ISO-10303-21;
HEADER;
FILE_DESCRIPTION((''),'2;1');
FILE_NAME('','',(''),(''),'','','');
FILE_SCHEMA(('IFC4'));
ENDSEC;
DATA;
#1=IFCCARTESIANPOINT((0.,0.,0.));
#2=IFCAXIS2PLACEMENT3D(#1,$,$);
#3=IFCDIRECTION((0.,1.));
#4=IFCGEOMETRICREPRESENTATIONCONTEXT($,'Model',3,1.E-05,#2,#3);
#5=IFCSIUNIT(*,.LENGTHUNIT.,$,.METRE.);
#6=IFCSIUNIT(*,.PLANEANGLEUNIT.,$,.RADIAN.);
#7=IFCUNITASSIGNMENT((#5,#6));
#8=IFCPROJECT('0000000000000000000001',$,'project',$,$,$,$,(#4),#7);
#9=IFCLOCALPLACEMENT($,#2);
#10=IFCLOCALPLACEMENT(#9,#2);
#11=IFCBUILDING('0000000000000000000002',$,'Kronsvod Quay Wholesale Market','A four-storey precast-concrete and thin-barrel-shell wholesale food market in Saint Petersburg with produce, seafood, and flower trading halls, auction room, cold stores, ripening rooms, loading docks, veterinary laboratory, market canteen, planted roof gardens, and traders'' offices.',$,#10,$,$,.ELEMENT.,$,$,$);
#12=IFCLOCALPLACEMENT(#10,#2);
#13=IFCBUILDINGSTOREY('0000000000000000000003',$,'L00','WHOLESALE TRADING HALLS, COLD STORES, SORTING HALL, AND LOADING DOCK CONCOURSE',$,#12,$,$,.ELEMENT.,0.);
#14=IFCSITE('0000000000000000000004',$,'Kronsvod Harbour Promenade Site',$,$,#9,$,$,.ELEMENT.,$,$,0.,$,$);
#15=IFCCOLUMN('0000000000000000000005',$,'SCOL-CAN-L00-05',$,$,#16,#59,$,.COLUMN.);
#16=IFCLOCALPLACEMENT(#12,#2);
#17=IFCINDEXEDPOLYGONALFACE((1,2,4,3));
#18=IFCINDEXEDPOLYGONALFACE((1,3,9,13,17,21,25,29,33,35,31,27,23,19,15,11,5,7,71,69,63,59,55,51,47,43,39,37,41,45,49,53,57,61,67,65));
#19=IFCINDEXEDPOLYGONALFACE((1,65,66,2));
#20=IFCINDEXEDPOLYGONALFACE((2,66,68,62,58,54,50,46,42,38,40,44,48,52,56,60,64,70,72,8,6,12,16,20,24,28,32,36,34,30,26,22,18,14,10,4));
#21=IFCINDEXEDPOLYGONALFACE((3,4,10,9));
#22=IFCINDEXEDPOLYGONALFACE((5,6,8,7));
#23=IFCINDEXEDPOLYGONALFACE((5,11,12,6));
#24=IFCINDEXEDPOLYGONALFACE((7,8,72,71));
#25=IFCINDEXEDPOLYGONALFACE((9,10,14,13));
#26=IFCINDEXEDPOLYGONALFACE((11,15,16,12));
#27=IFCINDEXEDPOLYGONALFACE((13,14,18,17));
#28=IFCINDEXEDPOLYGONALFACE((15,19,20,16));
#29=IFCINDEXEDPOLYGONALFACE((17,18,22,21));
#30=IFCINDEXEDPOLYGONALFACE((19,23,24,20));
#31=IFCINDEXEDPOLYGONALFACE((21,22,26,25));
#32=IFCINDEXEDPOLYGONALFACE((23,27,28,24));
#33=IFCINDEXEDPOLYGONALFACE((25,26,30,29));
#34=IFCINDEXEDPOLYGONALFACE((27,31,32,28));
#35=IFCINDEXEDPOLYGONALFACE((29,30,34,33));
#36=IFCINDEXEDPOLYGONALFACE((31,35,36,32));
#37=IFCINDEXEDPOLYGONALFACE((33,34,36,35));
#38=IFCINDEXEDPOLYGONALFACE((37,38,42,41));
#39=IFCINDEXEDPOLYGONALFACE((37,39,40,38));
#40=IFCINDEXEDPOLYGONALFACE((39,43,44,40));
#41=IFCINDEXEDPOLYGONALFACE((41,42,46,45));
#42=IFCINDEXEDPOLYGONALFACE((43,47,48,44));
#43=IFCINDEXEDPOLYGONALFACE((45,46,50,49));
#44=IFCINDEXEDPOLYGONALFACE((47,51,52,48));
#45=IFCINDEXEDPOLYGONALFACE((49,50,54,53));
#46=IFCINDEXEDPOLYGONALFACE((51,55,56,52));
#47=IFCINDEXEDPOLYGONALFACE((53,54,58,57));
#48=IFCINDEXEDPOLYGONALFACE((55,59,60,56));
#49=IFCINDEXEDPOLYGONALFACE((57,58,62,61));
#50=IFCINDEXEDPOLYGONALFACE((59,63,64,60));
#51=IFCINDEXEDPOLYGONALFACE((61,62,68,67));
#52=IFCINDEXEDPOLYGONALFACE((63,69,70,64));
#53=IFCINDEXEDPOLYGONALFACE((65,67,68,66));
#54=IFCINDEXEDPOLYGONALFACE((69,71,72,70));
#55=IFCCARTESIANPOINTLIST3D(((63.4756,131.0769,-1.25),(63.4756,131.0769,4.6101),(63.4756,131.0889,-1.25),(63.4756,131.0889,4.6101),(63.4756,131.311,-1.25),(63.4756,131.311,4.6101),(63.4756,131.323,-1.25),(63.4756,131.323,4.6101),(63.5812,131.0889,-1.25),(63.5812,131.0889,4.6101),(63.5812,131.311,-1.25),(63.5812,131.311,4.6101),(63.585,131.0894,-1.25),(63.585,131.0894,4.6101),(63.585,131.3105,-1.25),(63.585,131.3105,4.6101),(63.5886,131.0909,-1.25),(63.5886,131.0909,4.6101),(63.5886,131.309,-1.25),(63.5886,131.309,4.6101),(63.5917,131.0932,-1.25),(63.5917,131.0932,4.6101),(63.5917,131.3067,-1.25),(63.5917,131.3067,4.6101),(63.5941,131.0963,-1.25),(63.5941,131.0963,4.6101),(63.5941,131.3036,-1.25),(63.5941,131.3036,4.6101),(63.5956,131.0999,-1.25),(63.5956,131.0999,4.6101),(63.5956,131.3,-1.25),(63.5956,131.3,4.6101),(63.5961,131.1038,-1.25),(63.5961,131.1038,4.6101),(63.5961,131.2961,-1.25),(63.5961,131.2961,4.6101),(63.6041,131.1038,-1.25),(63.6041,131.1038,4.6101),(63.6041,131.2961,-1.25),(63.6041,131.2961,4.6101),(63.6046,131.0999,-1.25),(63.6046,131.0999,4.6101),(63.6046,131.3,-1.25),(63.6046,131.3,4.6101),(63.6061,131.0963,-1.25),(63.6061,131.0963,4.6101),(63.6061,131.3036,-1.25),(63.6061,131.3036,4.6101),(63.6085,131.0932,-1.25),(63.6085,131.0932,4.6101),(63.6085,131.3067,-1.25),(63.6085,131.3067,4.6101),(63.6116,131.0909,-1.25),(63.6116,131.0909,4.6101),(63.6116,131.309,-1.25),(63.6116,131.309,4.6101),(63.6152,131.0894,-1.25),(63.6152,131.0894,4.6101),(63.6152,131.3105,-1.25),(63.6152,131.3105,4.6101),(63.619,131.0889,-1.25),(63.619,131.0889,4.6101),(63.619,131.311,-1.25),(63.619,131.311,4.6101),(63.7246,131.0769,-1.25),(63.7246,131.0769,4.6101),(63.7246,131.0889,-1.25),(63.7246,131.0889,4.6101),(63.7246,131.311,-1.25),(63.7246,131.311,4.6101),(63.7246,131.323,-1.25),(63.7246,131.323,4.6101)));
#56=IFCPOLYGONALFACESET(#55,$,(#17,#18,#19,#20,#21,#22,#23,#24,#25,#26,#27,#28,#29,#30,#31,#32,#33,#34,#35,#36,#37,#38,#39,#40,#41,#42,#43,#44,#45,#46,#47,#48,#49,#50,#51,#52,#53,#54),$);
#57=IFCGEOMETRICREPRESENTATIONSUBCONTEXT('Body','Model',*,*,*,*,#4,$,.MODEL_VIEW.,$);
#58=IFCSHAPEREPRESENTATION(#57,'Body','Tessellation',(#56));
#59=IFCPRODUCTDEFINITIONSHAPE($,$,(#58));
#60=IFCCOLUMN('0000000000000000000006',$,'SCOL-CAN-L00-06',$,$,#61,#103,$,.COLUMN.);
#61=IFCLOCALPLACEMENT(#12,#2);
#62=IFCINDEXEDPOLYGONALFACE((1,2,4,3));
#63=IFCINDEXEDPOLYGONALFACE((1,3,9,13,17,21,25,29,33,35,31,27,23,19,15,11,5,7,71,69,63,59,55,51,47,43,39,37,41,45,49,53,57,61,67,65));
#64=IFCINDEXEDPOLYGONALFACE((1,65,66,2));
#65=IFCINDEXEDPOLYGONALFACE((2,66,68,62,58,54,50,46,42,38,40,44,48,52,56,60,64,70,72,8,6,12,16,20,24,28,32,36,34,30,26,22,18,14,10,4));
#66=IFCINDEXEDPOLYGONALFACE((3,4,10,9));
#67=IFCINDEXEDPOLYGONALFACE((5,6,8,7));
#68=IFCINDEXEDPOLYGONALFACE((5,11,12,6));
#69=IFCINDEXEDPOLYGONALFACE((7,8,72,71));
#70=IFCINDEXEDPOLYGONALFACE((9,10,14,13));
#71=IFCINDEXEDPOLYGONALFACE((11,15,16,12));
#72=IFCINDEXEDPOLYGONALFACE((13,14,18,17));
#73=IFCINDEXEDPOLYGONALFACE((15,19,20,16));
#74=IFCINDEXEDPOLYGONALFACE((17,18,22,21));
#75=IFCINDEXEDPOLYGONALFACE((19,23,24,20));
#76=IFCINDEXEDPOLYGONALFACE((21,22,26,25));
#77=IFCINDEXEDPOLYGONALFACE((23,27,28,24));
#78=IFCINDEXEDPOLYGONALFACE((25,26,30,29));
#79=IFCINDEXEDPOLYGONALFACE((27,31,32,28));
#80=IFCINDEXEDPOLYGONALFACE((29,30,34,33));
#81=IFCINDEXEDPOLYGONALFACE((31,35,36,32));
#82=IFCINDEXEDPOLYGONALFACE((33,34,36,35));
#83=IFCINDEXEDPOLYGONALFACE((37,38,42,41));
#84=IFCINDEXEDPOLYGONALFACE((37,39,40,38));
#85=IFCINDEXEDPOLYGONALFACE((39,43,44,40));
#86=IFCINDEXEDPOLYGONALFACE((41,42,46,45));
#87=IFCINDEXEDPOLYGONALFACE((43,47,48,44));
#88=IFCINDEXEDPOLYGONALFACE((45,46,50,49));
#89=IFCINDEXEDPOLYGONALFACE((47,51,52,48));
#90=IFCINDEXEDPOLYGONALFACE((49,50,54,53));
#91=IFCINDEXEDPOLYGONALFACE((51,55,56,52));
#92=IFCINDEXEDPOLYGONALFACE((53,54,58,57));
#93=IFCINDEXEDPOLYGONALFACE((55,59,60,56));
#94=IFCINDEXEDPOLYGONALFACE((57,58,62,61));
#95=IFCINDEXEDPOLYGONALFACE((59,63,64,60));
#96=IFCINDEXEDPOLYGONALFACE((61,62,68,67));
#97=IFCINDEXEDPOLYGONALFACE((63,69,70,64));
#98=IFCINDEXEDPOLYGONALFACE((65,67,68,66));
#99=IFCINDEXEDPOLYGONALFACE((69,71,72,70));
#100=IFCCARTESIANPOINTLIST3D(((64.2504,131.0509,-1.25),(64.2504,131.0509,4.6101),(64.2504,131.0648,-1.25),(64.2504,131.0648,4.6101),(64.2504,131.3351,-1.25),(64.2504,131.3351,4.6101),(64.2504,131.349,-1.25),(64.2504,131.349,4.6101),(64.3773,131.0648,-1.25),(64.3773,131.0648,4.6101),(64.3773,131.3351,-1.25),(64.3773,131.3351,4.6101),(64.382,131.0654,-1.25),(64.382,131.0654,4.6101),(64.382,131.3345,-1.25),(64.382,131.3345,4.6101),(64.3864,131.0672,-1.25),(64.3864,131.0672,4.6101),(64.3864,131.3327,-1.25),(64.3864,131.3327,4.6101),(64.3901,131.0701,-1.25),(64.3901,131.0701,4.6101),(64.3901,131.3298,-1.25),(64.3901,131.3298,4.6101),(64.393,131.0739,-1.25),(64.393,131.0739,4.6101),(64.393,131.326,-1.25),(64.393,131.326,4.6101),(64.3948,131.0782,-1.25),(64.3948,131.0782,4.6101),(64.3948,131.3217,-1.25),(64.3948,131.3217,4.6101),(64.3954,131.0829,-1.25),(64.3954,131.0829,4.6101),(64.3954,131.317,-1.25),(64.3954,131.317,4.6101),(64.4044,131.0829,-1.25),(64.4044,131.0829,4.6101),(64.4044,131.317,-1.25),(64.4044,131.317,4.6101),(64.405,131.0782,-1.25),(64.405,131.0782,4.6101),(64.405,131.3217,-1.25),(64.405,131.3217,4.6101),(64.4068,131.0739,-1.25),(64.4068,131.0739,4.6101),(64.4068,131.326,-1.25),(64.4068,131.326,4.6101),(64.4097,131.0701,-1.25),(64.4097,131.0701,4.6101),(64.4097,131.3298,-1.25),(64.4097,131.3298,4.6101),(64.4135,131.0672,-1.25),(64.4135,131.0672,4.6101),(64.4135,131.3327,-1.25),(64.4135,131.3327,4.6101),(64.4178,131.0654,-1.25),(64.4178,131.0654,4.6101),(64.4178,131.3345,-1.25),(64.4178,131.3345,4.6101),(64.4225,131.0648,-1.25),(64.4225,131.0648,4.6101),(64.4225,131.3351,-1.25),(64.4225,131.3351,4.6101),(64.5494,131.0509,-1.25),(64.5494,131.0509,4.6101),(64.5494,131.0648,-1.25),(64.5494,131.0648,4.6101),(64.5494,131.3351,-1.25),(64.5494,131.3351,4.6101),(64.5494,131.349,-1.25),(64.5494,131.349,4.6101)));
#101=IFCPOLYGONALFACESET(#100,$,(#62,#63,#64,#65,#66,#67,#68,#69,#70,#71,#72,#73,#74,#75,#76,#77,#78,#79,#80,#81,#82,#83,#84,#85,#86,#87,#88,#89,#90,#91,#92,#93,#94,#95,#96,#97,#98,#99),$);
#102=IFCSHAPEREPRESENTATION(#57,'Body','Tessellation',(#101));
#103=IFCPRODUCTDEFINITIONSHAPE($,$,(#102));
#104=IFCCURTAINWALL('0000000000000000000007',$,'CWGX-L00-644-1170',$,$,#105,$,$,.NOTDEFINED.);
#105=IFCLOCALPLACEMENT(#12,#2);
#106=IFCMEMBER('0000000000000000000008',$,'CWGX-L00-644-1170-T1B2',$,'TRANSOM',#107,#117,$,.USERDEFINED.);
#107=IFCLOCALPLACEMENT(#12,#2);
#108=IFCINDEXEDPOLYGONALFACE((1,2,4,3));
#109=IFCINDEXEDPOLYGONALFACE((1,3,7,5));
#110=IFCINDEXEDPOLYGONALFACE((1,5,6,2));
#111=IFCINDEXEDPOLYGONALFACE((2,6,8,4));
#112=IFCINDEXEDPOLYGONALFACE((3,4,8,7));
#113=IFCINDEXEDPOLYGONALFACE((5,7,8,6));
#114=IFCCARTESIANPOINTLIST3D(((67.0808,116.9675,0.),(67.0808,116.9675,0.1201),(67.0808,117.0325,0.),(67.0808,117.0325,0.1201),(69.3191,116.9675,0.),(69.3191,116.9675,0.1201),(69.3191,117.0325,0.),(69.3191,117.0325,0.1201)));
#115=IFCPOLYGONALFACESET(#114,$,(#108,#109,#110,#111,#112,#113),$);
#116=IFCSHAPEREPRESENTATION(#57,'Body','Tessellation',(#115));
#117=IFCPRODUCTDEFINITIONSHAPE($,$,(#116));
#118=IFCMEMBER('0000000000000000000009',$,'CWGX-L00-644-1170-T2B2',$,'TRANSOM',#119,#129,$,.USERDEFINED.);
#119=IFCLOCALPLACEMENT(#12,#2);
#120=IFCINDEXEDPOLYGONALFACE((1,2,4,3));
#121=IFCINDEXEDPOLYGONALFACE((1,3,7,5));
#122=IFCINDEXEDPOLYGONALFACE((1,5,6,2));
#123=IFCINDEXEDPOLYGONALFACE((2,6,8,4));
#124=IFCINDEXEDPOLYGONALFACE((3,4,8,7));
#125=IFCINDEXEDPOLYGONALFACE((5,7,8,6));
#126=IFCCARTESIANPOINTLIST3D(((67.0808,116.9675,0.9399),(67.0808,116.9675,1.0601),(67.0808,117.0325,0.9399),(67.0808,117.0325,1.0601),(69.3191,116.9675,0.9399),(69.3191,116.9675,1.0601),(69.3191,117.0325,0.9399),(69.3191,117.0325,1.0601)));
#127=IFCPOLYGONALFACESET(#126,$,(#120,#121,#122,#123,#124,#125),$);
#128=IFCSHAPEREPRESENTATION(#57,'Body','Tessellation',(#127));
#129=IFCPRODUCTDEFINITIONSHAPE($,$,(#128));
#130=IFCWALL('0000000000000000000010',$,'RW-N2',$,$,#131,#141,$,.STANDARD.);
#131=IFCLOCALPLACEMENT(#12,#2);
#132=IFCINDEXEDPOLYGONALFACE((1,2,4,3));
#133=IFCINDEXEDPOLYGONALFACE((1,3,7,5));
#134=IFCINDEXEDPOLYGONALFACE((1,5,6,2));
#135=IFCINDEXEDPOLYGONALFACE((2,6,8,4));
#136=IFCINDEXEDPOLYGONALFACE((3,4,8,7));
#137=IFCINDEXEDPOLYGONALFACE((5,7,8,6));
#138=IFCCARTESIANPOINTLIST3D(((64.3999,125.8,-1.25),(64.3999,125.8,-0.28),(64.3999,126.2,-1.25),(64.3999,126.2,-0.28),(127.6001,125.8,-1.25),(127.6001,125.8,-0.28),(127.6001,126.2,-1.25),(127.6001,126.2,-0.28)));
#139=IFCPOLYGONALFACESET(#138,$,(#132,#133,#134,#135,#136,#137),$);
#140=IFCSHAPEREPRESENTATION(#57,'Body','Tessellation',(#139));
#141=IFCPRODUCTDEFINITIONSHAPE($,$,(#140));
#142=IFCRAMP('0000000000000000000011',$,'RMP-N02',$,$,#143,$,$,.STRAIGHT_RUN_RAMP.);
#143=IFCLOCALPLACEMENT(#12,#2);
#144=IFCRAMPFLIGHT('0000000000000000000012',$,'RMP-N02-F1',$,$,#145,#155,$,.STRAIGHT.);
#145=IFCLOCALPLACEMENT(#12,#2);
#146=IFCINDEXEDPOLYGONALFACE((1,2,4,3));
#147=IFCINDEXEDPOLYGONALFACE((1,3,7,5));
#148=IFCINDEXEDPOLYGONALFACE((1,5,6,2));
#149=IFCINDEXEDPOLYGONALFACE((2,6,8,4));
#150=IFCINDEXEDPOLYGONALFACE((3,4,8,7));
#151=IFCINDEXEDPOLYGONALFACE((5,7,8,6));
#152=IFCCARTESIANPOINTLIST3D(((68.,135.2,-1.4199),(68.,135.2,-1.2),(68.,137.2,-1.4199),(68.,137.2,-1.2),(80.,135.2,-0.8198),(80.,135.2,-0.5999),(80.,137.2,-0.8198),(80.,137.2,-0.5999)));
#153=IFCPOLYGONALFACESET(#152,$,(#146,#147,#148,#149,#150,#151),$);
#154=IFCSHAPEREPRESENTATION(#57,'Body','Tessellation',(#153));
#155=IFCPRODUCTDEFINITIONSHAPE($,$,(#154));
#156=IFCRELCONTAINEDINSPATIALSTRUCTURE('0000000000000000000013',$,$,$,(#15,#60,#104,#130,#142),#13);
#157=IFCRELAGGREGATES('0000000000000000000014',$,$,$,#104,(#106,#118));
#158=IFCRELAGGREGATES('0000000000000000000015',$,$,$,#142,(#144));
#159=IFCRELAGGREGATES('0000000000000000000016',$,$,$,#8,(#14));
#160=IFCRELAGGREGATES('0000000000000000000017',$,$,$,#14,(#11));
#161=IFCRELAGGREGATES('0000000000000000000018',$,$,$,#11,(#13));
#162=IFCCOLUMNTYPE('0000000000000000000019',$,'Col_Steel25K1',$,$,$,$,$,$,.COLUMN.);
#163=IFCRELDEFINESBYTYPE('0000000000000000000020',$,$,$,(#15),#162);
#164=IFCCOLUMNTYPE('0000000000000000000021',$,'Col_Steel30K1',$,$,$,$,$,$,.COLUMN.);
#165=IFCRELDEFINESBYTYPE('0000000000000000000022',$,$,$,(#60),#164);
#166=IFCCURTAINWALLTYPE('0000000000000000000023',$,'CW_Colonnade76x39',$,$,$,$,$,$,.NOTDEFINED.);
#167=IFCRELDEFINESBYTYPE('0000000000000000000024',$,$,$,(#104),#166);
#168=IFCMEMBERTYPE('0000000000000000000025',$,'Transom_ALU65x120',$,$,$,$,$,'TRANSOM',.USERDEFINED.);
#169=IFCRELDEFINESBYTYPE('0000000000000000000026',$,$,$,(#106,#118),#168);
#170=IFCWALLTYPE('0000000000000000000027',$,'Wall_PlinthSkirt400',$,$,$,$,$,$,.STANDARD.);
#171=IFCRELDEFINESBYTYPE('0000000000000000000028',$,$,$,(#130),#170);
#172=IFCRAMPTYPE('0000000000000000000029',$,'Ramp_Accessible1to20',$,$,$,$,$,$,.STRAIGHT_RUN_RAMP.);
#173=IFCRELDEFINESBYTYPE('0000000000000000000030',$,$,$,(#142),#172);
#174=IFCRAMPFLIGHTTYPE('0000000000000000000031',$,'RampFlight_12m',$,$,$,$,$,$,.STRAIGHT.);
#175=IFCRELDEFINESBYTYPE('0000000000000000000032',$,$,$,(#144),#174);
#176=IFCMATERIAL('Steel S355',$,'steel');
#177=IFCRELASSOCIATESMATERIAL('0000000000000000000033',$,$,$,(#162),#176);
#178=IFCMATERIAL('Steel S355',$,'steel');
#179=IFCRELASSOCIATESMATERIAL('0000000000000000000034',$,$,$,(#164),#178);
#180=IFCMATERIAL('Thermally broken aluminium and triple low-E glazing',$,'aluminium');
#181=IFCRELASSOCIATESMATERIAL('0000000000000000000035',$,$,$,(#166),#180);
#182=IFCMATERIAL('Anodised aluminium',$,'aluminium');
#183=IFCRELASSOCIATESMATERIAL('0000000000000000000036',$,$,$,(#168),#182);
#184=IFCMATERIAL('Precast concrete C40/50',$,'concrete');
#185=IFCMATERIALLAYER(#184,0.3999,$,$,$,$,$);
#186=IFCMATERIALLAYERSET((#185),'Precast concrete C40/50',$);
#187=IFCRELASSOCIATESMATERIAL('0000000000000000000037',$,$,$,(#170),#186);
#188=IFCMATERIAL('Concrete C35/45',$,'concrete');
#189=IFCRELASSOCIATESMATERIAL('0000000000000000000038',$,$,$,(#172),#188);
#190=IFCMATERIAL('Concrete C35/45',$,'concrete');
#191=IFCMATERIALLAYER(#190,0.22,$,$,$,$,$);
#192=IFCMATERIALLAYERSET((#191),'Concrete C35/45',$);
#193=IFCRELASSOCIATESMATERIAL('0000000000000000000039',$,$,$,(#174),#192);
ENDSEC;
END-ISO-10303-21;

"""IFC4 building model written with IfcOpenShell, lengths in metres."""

from ifc_helpers import new_model, si_unit, direction, frame, frame_2d, origin, origin_2d, place, context, subcontext, project, spatial, polyline, rectangle, i_section, outline, extrude, material, layer, layer_set, material_profile, profile_set, type_object, element, aggregate, save


model = new_model("IFC4")

# Units and contexts
model_context = context("Model", 3, precision=1e-05, world=origin(), true_north=direction((0.0, 1.0)))
body_context = subcontext(model_context, "Body", "Model", "MODEL_VIEW")
ifc_project = project(units=[si_unit("LENGTHUNIT", "METRE"), si_unit("PLANEANGLEUNIT", "RADIAN")], contexts=[model_context])

# Site, building, storey
site_placement = place(None, origin())
site = spatial("IfcSite", under=ifc_project, at=site_placement, Name="Kronsvod Harbour Promenade Site", CompositionType="ELEMENT", RefElevation=0.0)
building_placement = place(site_placement, origin())
building = spatial("IfcBuilding", under=site, at=building_placement, Name="Kronsvod Quay Wholesale Market", Description="A four-storey precast-concrete and thin-barrel-shell wholesale food market in Saint Petersburg with produce, seafood, and flower trading halls, auction room, cold stores, ripening rooms, loading docks, veterinary laboratory, market canteen, planted roof gardens, and traders' offices.", CompositionType="ELEMENT")
storey_placement = place(building_placement, origin())
storey = spatial("IfcBuildingStorey", under=building, at=storey_placement, Name="L00", Description="WHOLESALE TRADING HALLS, COLD STORES, SORTING HALL, AND LOADING DOCK CONCOURSE", CompositionType="ELEMENT", Elevation=0.0)

# Columns
ifc_material_1 = material(Name="Steel S355", Category="steel")
ifc_material_profile_1 = material_profile(ifc_material_1, i_section(OverallWidth=0.249, OverallDepth=0.2461, WebThickness=0.0081, FlangeThickness=0.012, FilletRadius=0.0149, at=origin_2d()), Name="25K1")
ifc_profile_set_1 = profile_set([ifc_material_profile_1], Name="Steel S355")
column_type_1 = type_object("IfcColumnType", Name="Col_Steel25K1", PredefinedType="COLUMN", material=ifc_profile_set_1)
column_1_placement = place(storey_placement, frame((63.6001, 131.2, -1.25), z_axis=(0.0, 0.0, 1.0), x_axis=(1.0, 0.0, 0.0)))
element("IfcColumn", 1, at=column_1_placement, inside=storey, type_object=column_type_1, Name="SCOL-CAN-L00-05", PredefinedType="COLUMN", context=body_context, shape_type="SweptSolid", body=[
    extrude(i_section(OverallWidth=0.249, OverallDepth=0.2461, WebThickness=0.0081, FlangeThickness=0.012, FilletRadius=0.0149, at=origin_2d()), origin(), (0.0, 0.0, 1.0), 5.8601),
])
ifc_material_2 = material(Name="Steel S355", Category="steel")
ifc_material_profile_2 = material_profile(ifc_material_2, i_section(OverallWidth=0.2991, OverallDepth=0.2981, WebThickness=0.009, FlangeThickness=0.0139, FilletRadius=0.0181, at=origin_2d()), Name="30K1")
ifc_profile_set_2 = profile_set([ifc_material_profile_2], Name="Steel S355")
column_type_2 = type_object("IfcColumnType", Name="Col_Steel30K1", PredefinedType="COLUMN", material=ifc_profile_set_2)
column_2_placement = place(storey_placement, frame((64.3999, 131.2, -1.25), z_axis=(0.0, 0.0, 1.0), x_axis=(1.0, 0.0, 0.0)))
element("IfcColumn", 2, at=column_2_placement, inside=storey, type_object=column_type_2, Name="SCOL-CAN-L00-06", PredefinedType="COLUMN", context=body_context, shape_type="SweptSolid", body=[
    extrude(i_section(OverallWidth=0.2991, OverallDepth=0.2981, WebThickness=0.009, FlangeThickness=0.0139, FilletRadius=0.0181, at=origin_2d()), origin(), (0.0, 0.0, 1.0), 5.8601),
])

# Curtain wall, members
ifc_material_3 = material(Name="Thermally broken aluminium and triple low-E glazing", Category="aluminium")
curtain_wall_type = type_object("IfcCurtainWallType", Name="CW_Colonnade76x39", PredefinedType="NOTDEFINED", material=ifc_material_3)
curtain_wall_placement = place(storey_placement, origin())
curtain_wall = element("IfcCurtainWall", 3, at=curtain_wall_placement, inside=storey, type_object=curtain_wall_type, Name="CWGX-L00-644-1170", PredefinedType="NOTDEFINED")
ifc_material_4 = material(Name="Anodised aluminium", Category="aluminium")
ifc_material_profile_3 = material_profile(ifc_material_4, rectangle(XDim=0.0649, YDim=0.1201, at=origin_2d()), Name="ALUT65x120")
ifc_profile_set_3 = profile_set([ifc_material_profile_3], Name="Anodised aluminium")
member_type = type_object("IfcMemberType", Name="Transom_ALU65x120", ElementType="TRANSOM", PredefinedType="USERDEFINED", material=ifc_profile_set_3)
member_1_placement = place(storey_placement, frame((69.3191, 117.0, 0.0601), z_axis=(-1.0, 0.0, 0.0), x_axis=(0.0, -1.0, 0.0)))
member_1 = element("IfcMember", 4, at=member_1_placement, type_object=member_type, Name="CWGX-L00-644-1170-T1B2", ObjectType="TRANSOM", PredefinedType="USERDEFINED", context=body_context, shape_type="SweptSolid", body=[
    extrude(rectangle(XDim=0.0649, YDim=0.1201, at=origin_2d()), origin(), (0.0, 0.0, 1.0), 2.2383),
])
member_2_placement = place(storey_placement, frame((69.3191, 117.0, 1.0), z_axis=(-1.0, 0.0, 0.0), x_axis=(0.0, -1.0, 0.0)))
member_2 = element("IfcMember", 5, at=member_2_placement, type_object=member_type, Name="CWGX-L00-644-1170-T2B2", ObjectType="TRANSOM", PredefinedType="USERDEFINED", context=body_context, shape_type="SweptSolid", body=[
    extrude(rectangle(XDim=0.0649, YDim=0.1201, at=origin_2d()), origin(), (0.0, 0.0, 1.0), 2.2383),
])
aggregate(curtain_wall, [member_1, member_2])

# Wall
ifc_material_5 = material(Name="Precast concrete C40/50", Category="concrete")
ifc_layer_1 = layer(ifc_material_5, 0.3999)
ifc_layer_set_1 = layer_set([ifc_layer_1], Name="Precast concrete C40/50")
wall_type = type_object("IfcWallType", Name="Wall_PlinthSkirt400", PredefinedType="STANDARD", material=ifc_layer_set_1)
wall_placement = place(storey_placement, frame((64.3999, 126.0, -1.25), z_axis=(0.0, 0.0, 1.0), x_axis=(1.0, 0.0, 0.0)))
element("IfcWall", 6, at=wall_placement, inside=storey, type_object=wall_type, Name="RW-N2", PredefinedType="STANDARD", context=body_context, shape_type="SweptSolid", body=[
    extrude(rectangle(XDim=63.2002, YDim=0.3999, at=frame_2d((31.6001, 0.0))), origin(), (0.0, 0.0, 1.0), 0.97),
])

# Ramp, ramp flight
ifc_material_6 = material(Name="Concrete C35/45", Category="concrete")
ramp_type = type_object("IfcRampType", Name="Ramp_Accessible1to20", PredefinedType="STRAIGHT_RUN_RAMP", material=ifc_material_6)
ramp_placement = place(storey_placement, origin())
ramp = element("IfcRamp", 7, at=ramp_placement, inside=storey, type_object=ramp_type, Name="RMP-N02", PredefinedType="STRAIGHT_RUN_RAMP")
ifc_material_7 = material(Name="Concrete C35/45", Category="concrete")
ifc_layer_2 = layer(ifc_material_7, 0.22)
ifc_layer_set_2 = layer_set([ifc_layer_2], Name="Concrete C35/45")
ramp_flight_type = type_object("IfcRampFlightType", Name="RampFlight_12m", PredefinedType="STRAIGHT", material=ifc_layer_set_2)
ramp_flight_placement = place(storey_placement, frame((68.0, 136.2, -1.2), z_axis=(0.0, 0.0, 1.0), x_axis=(1.0, 0.0, 0.0)))
ramp_flight = element("IfcRampFlight", 8, at=ramp_flight_placement, type_object=ramp_flight_type, Name="RMP-N02-F1", PredefinedType="STRAIGHT", context=body_context, shape_type="SweptSolid", body=[
    extrude(outline(polyline([(0.0, 0.0), (0.0, -0.22), (12.0, 0.3801), (12.0, 0.6001), (0.0, 0.0)])), frame((0.0, 1.0, 0.0), z_axis=(0.0, -1.0, 0.0), x_axis=(1.0, 0.0, 0.0)), (0.0, 0.0, 1.0), 2.0),
])
aggregate(ramp, [ramp_flight])

save(model, "model.ifc")
